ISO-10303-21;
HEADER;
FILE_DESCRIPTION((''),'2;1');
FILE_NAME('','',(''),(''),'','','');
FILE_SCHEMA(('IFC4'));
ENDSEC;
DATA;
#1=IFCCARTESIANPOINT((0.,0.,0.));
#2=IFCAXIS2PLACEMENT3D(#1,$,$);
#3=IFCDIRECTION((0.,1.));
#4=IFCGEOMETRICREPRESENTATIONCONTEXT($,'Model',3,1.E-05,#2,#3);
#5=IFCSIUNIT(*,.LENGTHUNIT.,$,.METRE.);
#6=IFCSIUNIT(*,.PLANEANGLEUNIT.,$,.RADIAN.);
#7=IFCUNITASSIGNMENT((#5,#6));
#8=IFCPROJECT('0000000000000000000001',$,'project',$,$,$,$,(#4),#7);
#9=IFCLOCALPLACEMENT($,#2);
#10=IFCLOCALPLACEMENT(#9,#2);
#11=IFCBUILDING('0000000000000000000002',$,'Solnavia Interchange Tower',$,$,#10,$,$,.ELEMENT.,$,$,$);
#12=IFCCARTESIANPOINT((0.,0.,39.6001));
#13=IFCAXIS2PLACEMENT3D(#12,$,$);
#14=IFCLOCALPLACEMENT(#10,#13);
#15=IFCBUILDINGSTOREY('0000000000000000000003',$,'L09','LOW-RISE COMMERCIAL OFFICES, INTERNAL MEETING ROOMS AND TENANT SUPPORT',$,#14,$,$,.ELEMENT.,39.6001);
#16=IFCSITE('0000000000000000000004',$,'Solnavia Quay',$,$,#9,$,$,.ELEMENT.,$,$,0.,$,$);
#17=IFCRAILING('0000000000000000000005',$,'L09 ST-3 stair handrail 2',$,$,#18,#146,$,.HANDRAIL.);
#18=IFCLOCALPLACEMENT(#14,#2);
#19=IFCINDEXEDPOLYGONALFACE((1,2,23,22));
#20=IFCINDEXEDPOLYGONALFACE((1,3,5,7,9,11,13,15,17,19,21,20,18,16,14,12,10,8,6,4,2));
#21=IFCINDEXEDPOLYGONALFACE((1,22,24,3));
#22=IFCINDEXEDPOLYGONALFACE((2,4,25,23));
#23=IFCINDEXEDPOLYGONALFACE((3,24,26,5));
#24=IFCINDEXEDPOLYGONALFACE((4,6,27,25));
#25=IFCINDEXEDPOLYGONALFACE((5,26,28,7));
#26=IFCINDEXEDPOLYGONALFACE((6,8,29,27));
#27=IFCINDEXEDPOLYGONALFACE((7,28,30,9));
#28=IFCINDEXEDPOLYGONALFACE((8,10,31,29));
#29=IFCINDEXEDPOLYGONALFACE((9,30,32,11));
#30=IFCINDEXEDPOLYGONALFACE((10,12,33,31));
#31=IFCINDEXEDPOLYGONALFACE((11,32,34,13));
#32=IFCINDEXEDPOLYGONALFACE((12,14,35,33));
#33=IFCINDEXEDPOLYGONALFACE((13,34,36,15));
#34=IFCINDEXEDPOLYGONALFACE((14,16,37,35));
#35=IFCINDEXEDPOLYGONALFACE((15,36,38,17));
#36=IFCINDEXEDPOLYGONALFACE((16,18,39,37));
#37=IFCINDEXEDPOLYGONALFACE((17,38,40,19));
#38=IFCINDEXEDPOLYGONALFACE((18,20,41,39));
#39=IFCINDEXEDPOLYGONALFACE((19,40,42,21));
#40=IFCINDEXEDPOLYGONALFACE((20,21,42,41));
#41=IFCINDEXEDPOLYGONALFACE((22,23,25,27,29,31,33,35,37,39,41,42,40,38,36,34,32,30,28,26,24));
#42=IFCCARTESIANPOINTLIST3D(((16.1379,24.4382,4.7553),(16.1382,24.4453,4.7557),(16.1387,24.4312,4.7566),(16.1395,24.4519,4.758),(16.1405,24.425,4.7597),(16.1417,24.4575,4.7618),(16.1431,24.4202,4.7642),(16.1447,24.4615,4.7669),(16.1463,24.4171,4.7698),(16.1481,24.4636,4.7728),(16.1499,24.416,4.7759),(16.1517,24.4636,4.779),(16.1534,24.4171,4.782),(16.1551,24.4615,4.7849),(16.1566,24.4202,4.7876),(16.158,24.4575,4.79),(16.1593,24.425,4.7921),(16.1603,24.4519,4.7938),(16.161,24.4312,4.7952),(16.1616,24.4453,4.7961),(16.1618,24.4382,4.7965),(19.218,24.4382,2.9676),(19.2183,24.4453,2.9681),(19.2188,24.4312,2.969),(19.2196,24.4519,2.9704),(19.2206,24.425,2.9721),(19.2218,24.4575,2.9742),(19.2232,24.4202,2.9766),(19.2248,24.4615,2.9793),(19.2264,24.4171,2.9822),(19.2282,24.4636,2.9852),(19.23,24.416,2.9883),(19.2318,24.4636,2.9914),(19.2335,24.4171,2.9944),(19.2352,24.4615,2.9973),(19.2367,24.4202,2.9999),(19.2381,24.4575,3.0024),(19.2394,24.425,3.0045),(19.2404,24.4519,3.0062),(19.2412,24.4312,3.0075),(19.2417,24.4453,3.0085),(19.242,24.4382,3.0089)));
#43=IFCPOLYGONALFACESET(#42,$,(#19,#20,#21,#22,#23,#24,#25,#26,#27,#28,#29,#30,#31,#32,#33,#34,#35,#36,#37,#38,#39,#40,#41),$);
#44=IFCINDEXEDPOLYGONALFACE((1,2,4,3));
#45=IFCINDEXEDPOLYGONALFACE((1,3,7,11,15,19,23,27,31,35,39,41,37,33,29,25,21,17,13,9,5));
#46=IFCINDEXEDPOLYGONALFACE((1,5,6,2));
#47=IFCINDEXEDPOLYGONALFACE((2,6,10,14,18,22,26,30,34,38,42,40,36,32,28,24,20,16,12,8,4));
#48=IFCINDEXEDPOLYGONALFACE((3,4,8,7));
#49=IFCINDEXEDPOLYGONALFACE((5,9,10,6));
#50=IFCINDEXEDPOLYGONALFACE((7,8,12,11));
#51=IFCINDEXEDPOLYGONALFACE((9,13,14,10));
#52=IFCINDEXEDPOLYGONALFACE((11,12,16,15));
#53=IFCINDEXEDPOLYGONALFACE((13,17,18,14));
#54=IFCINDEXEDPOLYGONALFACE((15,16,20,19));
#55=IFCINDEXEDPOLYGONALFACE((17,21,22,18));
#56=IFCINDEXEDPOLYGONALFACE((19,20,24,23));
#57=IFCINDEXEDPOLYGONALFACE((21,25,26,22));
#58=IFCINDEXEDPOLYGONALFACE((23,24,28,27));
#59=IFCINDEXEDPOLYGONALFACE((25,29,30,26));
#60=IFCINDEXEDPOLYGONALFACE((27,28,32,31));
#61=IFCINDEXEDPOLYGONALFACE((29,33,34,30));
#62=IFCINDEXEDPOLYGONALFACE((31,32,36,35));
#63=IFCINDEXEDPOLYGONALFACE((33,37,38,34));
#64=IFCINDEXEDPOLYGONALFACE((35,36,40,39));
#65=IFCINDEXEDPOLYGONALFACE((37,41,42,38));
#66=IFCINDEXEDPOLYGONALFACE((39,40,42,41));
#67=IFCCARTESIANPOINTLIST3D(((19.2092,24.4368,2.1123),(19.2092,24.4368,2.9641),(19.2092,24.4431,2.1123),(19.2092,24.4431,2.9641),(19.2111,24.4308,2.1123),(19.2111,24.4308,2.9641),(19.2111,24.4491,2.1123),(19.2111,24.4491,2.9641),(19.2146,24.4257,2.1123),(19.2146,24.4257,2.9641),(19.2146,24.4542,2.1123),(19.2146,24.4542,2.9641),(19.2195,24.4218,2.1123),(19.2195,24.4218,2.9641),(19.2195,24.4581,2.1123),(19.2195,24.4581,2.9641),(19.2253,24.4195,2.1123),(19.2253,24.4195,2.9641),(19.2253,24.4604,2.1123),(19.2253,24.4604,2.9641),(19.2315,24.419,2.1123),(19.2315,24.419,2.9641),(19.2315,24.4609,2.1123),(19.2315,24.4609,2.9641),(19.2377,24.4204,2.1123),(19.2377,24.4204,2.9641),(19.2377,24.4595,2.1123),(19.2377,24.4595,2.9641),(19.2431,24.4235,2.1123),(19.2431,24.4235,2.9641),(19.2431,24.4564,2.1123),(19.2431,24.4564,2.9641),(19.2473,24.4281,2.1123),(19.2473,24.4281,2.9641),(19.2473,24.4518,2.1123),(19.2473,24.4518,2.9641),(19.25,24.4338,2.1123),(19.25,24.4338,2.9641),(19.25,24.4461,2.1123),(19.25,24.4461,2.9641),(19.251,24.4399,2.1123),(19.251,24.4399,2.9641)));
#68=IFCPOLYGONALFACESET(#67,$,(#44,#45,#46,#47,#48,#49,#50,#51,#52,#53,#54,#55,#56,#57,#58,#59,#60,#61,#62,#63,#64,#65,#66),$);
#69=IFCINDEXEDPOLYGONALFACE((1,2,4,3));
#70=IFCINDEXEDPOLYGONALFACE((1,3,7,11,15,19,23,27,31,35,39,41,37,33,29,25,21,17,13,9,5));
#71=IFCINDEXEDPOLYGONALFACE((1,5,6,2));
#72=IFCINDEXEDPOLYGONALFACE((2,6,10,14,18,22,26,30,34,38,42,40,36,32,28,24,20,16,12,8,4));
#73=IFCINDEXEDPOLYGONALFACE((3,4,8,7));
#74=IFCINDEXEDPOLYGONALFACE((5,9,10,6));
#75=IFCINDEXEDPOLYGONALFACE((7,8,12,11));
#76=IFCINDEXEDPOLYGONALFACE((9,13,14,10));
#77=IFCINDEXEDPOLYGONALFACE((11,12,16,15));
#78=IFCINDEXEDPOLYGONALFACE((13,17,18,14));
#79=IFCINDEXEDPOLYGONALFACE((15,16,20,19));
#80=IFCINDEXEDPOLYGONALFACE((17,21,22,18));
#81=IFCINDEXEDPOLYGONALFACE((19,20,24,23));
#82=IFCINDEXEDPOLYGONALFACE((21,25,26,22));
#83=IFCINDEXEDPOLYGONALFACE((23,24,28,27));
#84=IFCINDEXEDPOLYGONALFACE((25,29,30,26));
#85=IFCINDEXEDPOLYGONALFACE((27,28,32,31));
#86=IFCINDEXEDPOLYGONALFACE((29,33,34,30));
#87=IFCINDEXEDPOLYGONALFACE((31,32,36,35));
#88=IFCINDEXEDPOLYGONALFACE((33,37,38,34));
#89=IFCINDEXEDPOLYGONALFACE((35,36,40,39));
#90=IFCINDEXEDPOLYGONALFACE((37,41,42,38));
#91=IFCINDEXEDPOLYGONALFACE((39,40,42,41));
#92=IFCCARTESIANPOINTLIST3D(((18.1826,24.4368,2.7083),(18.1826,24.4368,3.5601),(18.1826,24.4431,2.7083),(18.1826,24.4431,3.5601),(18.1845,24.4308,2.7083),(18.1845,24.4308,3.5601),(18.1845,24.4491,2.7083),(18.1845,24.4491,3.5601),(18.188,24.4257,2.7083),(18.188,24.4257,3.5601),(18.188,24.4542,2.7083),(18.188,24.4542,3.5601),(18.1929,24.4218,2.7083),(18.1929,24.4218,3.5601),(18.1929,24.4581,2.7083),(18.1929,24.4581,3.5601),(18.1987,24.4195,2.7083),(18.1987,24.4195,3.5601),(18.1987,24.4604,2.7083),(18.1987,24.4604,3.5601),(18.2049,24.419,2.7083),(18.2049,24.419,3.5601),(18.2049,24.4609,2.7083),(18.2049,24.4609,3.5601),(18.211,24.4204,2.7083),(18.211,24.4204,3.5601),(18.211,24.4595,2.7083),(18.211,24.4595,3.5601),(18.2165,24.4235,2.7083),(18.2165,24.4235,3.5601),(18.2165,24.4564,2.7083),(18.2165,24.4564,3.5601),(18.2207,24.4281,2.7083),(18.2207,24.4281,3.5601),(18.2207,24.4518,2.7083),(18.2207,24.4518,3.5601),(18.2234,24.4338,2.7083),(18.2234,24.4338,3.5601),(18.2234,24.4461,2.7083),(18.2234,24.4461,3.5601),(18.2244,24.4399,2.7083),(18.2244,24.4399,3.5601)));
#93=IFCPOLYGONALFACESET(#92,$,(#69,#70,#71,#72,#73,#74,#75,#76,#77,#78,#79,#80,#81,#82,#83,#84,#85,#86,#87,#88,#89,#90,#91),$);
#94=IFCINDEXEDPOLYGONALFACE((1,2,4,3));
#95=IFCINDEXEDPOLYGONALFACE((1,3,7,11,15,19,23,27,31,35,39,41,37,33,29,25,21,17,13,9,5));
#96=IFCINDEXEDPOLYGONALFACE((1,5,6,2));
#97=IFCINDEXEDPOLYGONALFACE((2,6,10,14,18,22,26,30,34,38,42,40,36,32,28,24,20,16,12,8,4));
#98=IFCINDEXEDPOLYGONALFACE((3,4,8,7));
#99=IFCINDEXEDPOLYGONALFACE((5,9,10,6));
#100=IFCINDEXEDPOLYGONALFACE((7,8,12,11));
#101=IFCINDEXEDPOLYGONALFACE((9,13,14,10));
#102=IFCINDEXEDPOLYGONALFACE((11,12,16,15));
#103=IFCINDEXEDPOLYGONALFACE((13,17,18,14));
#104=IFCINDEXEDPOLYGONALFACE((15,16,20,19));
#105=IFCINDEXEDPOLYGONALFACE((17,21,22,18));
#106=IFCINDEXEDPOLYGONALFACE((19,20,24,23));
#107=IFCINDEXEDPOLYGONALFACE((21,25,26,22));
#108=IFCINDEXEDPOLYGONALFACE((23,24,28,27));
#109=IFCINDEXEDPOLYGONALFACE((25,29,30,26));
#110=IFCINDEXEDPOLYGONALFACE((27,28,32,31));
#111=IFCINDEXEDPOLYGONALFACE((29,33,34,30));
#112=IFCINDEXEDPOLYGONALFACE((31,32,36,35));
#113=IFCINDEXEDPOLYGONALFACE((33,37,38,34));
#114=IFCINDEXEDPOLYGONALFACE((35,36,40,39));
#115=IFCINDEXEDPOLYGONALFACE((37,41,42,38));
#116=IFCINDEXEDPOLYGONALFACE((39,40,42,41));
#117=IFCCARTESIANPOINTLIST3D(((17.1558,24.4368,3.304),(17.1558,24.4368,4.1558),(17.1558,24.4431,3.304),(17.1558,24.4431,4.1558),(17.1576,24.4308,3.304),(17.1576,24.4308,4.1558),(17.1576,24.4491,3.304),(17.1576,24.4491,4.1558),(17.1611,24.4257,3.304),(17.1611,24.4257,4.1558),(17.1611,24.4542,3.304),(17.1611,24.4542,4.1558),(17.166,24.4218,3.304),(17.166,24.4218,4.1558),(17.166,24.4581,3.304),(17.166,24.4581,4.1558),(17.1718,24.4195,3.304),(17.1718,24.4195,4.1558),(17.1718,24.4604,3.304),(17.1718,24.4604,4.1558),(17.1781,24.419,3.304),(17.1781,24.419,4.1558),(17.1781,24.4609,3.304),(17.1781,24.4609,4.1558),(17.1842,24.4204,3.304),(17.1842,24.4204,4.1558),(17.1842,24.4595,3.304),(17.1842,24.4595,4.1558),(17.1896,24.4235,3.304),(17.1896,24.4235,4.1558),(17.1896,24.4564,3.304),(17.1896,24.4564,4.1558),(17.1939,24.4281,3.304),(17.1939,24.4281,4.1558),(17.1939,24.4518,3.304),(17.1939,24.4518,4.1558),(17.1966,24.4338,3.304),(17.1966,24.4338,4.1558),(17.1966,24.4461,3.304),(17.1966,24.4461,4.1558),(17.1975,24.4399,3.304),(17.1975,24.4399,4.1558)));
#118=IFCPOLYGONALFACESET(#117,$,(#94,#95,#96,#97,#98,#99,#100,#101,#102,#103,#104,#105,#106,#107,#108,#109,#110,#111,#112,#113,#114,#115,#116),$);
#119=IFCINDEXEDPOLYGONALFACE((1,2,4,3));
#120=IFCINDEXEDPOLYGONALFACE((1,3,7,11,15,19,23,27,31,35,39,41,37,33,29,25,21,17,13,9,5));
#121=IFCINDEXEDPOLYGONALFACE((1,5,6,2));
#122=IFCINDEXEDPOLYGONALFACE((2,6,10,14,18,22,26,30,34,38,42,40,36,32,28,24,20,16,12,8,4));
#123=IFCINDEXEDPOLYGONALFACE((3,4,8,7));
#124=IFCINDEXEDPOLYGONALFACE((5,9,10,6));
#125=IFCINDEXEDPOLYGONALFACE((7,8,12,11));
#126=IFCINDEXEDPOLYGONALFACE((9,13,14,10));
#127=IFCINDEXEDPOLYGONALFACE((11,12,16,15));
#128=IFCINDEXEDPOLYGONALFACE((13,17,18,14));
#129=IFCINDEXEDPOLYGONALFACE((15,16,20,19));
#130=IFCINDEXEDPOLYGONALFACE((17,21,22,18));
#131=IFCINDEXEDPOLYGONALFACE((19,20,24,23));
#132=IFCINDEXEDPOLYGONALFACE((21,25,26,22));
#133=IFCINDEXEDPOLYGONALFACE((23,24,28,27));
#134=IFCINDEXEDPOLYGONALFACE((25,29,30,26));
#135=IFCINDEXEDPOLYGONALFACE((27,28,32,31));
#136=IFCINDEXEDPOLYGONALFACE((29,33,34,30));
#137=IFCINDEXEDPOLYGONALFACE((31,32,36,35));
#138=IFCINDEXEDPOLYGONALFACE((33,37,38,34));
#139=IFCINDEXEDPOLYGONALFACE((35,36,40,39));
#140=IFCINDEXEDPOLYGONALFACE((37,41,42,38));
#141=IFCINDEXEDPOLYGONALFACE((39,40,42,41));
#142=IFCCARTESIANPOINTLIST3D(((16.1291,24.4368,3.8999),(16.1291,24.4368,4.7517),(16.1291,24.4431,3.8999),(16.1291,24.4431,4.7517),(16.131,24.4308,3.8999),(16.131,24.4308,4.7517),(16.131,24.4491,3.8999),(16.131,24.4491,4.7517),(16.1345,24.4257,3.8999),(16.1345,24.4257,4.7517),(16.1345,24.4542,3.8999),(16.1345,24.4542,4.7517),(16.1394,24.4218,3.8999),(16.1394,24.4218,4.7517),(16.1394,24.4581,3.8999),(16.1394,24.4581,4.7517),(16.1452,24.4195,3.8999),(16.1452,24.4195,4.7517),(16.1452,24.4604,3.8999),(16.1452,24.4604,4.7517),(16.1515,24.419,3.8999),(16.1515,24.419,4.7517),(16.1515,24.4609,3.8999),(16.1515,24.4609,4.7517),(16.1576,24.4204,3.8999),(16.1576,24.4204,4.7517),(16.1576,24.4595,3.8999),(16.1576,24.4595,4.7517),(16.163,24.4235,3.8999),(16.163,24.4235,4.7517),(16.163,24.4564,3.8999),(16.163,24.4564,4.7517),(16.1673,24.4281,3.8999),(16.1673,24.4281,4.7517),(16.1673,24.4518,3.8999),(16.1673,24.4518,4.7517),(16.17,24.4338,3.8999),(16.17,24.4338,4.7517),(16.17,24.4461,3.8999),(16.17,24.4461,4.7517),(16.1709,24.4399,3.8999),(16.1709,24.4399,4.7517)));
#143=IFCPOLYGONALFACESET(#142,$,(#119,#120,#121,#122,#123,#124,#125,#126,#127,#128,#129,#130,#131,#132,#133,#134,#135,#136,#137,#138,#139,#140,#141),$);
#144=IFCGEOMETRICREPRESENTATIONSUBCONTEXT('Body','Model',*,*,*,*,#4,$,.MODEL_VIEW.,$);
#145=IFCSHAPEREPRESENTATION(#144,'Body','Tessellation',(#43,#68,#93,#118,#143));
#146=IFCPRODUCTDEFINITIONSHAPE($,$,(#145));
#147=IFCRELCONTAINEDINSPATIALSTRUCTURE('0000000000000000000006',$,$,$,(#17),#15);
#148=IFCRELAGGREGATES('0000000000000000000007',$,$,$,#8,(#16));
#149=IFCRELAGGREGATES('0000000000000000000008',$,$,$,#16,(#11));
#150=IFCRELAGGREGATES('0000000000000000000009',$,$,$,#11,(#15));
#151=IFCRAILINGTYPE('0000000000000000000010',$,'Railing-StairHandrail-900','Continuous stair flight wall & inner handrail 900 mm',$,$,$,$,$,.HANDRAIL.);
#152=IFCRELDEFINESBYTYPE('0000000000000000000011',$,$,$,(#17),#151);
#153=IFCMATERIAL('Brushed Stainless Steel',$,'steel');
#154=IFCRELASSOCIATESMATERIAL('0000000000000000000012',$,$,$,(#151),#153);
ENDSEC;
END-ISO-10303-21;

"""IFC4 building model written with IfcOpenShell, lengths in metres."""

from ifc_helpers import new_model, si_unit, direction, frame, origin, origin_2d, place, context, subcontext, project, spatial, circle, extrude, material, type_object, element, save


model = new_model("IFC4")

# Units and contexts
model_context = context("Model", 3, precision=1e-05, world=origin(), true_north=direction((0.0, 1.0)))
body_context = subcontext(model_context, "Body", "Model", "MODEL_VIEW")
ifc_project = project(units=[si_unit("LENGTHUNIT", "METRE"), si_unit("PLANEANGLEUNIT", "RADIAN")], contexts=[model_context])

# Site, building, storey
site_placement = place(None, origin())
site = spatial("IfcSite", under=ifc_project, at=site_placement, Name="Solnavia Quay", CompositionType="ELEMENT", RefElevation=0.0)
building_placement = place(site_placement, origin())
building = spatial("IfcBuilding", under=site, at=building_placement, Name="Solnavia Interchange Tower", CompositionType="ELEMENT")
storey_placement = place(building_placement, frame((0.0, 0.0, 39.6001)))
storey = spatial("IfcBuildingStorey", under=building, at=storey_placement, Name="L09", Description="LOW-RISE COMMERCIAL OFFICES, INTERNAL MEETING ROOMS AND TENANT SUPPORT", CompositionType="ELEMENT", Elevation=39.6001)

# Railing
ifc_material_1 = material(Name="Brushed Stainless Steel", Category="steel")
railing_type_1 = type_object("IfcRailingType", Name="Railing-StairHandrail-900", Description="Continuous stair flight wall & inner handrail 900 mm", PredefinedType="HANDRAIL", material=ifc_material_1)
railing_1_placement = place(storey_placement, frame((19.23, 24.4399, 2.1123)))
element("IfcRailing", 1, at=railing_1_placement, inside=storey, type_object=railing_type_1, Name="L09 ST-3 stair handrail 2", PredefinedType="HANDRAIL", context=body_context, shape_type="SweptSolid", body=[
    extrude(circle(Radius=0.0239, at=origin_2d()), frame((0.0, 0.0, 0.876), z_axis=(-0.864891, 0.0, 0.50196), x_axis=(0.0, -1.0, 0.0)), (0.0, 0.0, 1.0), 3.5613),
    extrude(circle(Radius=0.021, at=origin_2d()), origin(), (0.0, 0.0, 1.0), 0.8518),
    extrude(circle(Radius=0.021, at=origin_2d()), frame((-1.0266, 0.0, 0.5959)), (0.0, 0.0, 1.0), 0.8518),
    extrude(circle(Radius=0.021, at=origin_2d()), frame((-2.0535, 0.0, 1.1917)), (0.0, 0.0, 1.0), 0.8518),
    extrude(circle(Radius=0.021, at=origin_2d()), frame((-3.0801, 0.0, 1.7876)), (0.0, 0.0, 1.0), 0.8518),
])

save(model, "model.ifc")
